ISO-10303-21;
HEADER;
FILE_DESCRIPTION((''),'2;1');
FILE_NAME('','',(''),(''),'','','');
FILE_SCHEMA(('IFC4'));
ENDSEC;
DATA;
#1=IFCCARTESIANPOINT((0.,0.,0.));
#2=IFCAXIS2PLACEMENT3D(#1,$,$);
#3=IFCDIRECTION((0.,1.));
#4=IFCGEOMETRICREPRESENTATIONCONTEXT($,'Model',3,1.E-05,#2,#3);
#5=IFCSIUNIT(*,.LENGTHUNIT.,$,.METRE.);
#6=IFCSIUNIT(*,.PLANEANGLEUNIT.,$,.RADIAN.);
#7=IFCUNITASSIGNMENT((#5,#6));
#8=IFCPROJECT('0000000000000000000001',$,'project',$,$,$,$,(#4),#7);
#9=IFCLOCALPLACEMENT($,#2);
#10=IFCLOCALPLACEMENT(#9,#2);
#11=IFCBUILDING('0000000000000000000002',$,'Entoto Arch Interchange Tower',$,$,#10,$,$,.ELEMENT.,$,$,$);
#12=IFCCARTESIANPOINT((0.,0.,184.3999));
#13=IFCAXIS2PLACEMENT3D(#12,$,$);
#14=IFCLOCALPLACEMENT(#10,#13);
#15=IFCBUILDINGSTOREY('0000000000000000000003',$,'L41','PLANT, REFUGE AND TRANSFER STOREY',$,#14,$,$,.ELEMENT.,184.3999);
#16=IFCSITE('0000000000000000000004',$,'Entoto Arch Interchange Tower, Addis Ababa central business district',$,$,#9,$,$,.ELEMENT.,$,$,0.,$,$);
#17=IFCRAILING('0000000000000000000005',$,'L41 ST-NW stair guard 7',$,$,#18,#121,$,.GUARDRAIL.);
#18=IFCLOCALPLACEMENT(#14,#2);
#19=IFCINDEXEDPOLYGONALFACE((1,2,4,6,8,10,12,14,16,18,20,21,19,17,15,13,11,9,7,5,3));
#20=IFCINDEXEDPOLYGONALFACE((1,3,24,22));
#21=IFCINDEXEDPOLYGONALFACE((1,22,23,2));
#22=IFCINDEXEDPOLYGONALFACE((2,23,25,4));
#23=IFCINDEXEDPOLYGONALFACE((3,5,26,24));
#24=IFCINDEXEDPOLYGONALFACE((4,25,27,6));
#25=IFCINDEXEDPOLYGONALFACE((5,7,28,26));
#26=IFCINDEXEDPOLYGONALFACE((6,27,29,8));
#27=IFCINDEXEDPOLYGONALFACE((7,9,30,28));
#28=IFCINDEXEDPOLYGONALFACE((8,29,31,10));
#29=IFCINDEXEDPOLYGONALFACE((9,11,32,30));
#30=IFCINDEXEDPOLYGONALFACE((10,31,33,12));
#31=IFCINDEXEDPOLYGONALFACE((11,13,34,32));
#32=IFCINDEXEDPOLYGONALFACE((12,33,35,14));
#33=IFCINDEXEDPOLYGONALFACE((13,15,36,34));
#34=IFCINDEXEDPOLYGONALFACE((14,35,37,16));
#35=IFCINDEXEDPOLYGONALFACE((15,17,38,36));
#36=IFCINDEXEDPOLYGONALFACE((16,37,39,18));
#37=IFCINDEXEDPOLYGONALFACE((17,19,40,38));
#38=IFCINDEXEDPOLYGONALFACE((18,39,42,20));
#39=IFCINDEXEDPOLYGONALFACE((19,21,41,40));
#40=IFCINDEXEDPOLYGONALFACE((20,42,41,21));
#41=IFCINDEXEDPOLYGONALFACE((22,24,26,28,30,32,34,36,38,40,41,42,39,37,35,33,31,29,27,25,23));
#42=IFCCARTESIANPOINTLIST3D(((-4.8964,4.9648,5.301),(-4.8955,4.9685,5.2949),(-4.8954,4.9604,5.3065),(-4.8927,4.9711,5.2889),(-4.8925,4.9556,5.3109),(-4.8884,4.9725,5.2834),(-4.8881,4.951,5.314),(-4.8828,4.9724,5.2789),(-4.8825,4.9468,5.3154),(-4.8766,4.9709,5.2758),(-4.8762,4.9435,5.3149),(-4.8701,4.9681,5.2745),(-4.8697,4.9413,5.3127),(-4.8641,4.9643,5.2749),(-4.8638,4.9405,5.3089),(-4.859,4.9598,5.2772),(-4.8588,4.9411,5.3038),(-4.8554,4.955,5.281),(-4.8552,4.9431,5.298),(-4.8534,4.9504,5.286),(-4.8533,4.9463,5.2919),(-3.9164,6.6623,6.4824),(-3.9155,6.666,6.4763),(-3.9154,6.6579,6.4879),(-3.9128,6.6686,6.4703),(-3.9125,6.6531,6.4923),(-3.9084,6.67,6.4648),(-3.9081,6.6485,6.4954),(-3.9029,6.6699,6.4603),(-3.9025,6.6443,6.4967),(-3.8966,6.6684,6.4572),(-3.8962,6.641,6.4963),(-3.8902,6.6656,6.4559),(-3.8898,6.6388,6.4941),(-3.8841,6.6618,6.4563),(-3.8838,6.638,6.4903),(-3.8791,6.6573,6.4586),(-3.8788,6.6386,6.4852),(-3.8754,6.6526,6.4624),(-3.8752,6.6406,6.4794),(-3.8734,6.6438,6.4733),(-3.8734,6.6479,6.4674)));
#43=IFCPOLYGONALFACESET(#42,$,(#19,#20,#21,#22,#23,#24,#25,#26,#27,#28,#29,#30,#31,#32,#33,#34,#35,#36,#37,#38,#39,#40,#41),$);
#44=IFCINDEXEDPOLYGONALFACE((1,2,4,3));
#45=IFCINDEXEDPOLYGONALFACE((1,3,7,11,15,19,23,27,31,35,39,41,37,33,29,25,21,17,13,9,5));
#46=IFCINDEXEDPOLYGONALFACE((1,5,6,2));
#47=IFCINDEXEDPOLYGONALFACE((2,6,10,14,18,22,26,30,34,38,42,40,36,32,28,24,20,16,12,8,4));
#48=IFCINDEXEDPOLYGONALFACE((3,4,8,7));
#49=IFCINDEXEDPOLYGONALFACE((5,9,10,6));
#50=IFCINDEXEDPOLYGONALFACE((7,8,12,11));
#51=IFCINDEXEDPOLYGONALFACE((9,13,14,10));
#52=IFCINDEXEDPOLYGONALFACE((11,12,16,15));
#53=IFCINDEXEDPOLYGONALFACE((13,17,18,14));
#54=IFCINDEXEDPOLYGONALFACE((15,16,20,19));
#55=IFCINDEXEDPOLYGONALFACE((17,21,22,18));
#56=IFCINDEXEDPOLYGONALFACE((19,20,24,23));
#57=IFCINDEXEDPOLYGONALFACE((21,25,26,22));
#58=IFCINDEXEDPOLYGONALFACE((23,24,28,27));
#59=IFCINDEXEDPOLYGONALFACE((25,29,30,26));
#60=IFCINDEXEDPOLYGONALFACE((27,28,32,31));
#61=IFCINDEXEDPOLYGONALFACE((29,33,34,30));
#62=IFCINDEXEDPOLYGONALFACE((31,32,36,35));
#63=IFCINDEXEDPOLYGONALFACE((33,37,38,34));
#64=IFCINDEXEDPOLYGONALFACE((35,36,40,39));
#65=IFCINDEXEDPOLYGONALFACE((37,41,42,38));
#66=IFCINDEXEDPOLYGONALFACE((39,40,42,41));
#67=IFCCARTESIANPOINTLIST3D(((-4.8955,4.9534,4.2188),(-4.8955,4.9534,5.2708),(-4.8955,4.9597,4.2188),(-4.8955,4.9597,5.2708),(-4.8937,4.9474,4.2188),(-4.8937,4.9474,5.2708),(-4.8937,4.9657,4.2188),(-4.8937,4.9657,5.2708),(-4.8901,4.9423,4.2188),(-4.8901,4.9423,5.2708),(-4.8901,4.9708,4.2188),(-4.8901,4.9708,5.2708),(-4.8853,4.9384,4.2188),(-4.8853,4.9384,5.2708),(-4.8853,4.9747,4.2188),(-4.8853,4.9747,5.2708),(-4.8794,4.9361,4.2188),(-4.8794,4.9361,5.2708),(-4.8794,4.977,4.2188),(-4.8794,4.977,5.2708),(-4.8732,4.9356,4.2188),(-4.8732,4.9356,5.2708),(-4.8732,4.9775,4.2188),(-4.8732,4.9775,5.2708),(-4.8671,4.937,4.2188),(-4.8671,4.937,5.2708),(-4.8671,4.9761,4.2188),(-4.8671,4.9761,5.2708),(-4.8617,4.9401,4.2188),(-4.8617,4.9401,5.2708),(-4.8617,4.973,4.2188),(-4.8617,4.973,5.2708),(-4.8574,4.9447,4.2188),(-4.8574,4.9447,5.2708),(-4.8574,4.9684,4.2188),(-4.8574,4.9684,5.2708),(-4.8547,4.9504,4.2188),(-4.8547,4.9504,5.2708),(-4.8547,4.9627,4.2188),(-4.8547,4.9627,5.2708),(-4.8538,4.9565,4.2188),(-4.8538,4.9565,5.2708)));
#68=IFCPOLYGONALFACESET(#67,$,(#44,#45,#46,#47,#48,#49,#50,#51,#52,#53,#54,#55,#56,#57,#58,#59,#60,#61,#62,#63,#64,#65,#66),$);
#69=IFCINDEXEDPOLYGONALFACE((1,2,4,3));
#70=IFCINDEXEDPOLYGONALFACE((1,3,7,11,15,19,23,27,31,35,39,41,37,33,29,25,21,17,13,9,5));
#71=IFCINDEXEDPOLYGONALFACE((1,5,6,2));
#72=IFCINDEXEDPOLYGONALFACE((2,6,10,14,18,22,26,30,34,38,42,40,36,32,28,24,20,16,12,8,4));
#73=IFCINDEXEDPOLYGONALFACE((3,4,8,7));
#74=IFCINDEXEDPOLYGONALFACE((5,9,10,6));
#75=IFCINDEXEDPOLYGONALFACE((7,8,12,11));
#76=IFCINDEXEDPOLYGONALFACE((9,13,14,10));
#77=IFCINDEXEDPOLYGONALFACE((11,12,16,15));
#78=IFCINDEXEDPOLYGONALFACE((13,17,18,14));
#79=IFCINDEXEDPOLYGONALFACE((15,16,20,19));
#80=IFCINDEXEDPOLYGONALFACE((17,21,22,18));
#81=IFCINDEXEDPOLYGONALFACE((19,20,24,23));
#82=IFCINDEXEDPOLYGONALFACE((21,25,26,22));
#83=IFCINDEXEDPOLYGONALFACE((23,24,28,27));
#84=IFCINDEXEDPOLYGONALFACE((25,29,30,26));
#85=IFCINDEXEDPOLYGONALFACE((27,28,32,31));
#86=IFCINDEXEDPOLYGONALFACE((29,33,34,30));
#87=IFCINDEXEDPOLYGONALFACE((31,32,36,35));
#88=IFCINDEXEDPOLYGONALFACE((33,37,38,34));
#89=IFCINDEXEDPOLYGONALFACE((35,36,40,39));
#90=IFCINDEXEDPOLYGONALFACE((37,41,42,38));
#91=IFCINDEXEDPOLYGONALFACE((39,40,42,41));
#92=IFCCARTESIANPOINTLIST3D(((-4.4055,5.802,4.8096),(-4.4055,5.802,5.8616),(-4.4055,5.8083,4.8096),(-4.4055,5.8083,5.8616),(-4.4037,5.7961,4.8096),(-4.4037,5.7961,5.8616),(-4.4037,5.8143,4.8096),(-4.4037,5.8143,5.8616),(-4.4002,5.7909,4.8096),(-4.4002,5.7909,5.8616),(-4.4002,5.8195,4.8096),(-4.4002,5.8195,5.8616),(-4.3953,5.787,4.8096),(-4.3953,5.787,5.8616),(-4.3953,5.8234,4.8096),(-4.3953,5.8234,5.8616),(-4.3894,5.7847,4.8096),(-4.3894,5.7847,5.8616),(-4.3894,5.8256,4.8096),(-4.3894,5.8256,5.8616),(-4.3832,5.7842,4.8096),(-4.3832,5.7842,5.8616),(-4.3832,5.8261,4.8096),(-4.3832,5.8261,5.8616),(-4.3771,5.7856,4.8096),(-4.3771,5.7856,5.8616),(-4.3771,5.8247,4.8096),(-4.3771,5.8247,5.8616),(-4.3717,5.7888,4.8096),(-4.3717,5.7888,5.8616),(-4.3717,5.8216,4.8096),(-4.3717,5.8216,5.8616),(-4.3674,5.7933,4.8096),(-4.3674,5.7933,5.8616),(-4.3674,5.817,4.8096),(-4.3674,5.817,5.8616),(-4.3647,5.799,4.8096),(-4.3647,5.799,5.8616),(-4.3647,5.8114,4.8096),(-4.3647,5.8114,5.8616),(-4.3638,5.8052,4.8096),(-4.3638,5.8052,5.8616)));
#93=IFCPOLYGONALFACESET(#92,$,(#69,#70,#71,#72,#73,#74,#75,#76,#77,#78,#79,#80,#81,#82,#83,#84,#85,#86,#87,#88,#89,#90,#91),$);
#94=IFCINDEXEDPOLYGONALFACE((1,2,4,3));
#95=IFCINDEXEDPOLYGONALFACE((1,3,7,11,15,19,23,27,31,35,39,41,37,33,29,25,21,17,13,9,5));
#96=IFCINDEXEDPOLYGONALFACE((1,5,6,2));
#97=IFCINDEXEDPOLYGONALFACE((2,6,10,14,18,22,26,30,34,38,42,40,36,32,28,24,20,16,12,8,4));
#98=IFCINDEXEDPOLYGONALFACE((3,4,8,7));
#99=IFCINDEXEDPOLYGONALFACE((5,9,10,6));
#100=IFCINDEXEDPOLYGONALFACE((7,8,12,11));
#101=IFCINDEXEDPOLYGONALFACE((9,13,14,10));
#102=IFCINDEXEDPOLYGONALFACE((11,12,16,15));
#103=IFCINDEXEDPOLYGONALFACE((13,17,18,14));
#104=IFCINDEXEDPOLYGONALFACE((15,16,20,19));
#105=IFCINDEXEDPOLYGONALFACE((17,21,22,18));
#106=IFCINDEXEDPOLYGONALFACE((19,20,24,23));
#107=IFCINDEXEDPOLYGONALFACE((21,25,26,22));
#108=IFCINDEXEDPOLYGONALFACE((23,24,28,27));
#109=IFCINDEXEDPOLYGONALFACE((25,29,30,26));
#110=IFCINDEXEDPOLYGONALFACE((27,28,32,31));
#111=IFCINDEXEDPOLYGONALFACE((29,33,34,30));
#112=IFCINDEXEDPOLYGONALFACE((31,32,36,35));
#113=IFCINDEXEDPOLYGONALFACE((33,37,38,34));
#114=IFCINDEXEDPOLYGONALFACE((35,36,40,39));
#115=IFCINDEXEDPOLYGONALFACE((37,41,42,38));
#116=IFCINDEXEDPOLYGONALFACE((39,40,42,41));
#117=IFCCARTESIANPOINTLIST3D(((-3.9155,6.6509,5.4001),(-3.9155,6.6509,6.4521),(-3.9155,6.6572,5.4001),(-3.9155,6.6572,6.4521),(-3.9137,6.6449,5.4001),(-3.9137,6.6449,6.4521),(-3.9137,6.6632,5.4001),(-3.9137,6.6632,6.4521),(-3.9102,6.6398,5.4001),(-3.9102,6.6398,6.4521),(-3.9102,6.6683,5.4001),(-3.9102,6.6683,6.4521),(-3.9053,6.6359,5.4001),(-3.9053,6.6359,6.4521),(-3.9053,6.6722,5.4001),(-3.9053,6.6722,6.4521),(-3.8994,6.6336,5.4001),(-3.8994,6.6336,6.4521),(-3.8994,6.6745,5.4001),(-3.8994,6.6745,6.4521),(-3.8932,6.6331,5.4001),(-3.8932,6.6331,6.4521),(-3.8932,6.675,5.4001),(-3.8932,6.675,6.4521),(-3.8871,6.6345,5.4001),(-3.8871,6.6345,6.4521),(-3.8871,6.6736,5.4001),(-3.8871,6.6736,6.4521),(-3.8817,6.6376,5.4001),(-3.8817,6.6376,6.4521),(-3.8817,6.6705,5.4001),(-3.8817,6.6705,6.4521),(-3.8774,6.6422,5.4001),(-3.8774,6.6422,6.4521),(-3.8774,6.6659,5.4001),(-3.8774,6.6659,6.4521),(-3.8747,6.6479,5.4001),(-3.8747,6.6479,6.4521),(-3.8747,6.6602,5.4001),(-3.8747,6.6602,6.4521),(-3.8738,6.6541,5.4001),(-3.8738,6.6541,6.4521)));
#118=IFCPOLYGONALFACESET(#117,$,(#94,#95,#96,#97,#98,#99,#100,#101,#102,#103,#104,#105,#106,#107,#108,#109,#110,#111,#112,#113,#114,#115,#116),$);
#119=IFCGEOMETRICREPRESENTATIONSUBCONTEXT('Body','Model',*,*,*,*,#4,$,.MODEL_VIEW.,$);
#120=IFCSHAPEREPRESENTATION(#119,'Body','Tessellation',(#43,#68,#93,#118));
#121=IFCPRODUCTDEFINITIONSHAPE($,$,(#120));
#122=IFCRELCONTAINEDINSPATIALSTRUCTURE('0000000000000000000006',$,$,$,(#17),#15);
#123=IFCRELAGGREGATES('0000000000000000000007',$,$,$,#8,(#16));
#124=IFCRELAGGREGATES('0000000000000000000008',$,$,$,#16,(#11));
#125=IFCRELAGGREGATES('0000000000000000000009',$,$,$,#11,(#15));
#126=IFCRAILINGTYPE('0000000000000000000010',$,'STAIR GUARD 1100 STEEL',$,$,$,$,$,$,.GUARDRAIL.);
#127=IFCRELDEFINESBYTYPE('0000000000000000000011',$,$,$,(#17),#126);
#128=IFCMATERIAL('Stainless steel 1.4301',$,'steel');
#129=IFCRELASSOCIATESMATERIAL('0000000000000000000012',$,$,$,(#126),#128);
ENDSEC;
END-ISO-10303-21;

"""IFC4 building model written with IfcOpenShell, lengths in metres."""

from ifc_helpers import new_model, si_unit, direction, frame, origin, origin_2d, place, context, subcontext, project, spatial, circle, extrude, material, type_object, element, save


model = new_model("IFC4")

# Units and contexts
model_context = context("Model", 3, precision=1e-05, world=origin(), true_north=direction((0.0, 1.0)))
body_context = subcontext(model_context, "Body", "Model", "MODEL_VIEW")
ifc_project = project(units=[si_unit("LENGTHUNIT", "METRE"), si_unit("PLANEANGLEUNIT", "RADIAN")], contexts=[model_context])

# Site, building, storey
site_placement = place(None, origin())
site = spatial("IfcSite", under=ifc_project, at=site_placement, Name="Entoto Arch Interchange Tower, Addis Ababa central business district", CompositionType="ELEMENT", RefElevation=0.0)
building_placement = place(site_placement, origin())
building = spatial("IfcBuilding", under=site, at=building_placement, Name="Entoto Arch Interchange Tower", CompositionType="ELEMENT")
storey_placement = place(building_placement, frame((0.0, 0.0, 184.3999)))
storey = spatial("IfcBuildingStorey", under=building, at=storey_placement, Name="L41", Description="PLANT, REFUGE AND TRANSFER STOREY", CompositionType="ELEMENT", Elevation=184.3999)

# Railing
ifc_material_1 = material(Name="Stainless steel 1.4301", Category="steel")
railing_type = type_object("IfcRailingType", Name="STAIR GUARD 1100 STEEL", PredefinedType="GUARDRAIL", material=ifc_material_1)
railing_1_placement = place(storey_placement, frame((-4.8748, 4.9565, 4.2188)))
element("IfcRailing", 1, at=railing_1_placement, inside=storey, type_object=railing_type, Name="L41 ST-NW stair guard 7", PredefinedType="GUARDRAIL", context=body_context, shape_type="SweptSolid", body=[
    extrude(circle(Radius=0.0239, at=origin_2d()), frame((0.0, 0.0, 1.0762), z_axis=(0.428205, 0.741731, 0.516214), x_axis=(-0.866042, 0.49997, 0.0)), (0.0, 0.0, 1.0), 2.2886),
    extrude(circle(Radius=0.021, at=origin_2d()), origin(), (0.0, 0.0, 1.0), 1.052),
    extrude(circle(Radius=0.021, at=origin_2d()), frame((0.49, 0.8486, 0.5908)), (0.0, 0.0, 1.0), 1.052),
    extrude(circle(Radius=0.021, at=origin_2d()), frame((0.98, 1.6975, 1.1814)), (0.0, 0.0, 1.0), 1.052),
])

save(model, "model.ifc")
